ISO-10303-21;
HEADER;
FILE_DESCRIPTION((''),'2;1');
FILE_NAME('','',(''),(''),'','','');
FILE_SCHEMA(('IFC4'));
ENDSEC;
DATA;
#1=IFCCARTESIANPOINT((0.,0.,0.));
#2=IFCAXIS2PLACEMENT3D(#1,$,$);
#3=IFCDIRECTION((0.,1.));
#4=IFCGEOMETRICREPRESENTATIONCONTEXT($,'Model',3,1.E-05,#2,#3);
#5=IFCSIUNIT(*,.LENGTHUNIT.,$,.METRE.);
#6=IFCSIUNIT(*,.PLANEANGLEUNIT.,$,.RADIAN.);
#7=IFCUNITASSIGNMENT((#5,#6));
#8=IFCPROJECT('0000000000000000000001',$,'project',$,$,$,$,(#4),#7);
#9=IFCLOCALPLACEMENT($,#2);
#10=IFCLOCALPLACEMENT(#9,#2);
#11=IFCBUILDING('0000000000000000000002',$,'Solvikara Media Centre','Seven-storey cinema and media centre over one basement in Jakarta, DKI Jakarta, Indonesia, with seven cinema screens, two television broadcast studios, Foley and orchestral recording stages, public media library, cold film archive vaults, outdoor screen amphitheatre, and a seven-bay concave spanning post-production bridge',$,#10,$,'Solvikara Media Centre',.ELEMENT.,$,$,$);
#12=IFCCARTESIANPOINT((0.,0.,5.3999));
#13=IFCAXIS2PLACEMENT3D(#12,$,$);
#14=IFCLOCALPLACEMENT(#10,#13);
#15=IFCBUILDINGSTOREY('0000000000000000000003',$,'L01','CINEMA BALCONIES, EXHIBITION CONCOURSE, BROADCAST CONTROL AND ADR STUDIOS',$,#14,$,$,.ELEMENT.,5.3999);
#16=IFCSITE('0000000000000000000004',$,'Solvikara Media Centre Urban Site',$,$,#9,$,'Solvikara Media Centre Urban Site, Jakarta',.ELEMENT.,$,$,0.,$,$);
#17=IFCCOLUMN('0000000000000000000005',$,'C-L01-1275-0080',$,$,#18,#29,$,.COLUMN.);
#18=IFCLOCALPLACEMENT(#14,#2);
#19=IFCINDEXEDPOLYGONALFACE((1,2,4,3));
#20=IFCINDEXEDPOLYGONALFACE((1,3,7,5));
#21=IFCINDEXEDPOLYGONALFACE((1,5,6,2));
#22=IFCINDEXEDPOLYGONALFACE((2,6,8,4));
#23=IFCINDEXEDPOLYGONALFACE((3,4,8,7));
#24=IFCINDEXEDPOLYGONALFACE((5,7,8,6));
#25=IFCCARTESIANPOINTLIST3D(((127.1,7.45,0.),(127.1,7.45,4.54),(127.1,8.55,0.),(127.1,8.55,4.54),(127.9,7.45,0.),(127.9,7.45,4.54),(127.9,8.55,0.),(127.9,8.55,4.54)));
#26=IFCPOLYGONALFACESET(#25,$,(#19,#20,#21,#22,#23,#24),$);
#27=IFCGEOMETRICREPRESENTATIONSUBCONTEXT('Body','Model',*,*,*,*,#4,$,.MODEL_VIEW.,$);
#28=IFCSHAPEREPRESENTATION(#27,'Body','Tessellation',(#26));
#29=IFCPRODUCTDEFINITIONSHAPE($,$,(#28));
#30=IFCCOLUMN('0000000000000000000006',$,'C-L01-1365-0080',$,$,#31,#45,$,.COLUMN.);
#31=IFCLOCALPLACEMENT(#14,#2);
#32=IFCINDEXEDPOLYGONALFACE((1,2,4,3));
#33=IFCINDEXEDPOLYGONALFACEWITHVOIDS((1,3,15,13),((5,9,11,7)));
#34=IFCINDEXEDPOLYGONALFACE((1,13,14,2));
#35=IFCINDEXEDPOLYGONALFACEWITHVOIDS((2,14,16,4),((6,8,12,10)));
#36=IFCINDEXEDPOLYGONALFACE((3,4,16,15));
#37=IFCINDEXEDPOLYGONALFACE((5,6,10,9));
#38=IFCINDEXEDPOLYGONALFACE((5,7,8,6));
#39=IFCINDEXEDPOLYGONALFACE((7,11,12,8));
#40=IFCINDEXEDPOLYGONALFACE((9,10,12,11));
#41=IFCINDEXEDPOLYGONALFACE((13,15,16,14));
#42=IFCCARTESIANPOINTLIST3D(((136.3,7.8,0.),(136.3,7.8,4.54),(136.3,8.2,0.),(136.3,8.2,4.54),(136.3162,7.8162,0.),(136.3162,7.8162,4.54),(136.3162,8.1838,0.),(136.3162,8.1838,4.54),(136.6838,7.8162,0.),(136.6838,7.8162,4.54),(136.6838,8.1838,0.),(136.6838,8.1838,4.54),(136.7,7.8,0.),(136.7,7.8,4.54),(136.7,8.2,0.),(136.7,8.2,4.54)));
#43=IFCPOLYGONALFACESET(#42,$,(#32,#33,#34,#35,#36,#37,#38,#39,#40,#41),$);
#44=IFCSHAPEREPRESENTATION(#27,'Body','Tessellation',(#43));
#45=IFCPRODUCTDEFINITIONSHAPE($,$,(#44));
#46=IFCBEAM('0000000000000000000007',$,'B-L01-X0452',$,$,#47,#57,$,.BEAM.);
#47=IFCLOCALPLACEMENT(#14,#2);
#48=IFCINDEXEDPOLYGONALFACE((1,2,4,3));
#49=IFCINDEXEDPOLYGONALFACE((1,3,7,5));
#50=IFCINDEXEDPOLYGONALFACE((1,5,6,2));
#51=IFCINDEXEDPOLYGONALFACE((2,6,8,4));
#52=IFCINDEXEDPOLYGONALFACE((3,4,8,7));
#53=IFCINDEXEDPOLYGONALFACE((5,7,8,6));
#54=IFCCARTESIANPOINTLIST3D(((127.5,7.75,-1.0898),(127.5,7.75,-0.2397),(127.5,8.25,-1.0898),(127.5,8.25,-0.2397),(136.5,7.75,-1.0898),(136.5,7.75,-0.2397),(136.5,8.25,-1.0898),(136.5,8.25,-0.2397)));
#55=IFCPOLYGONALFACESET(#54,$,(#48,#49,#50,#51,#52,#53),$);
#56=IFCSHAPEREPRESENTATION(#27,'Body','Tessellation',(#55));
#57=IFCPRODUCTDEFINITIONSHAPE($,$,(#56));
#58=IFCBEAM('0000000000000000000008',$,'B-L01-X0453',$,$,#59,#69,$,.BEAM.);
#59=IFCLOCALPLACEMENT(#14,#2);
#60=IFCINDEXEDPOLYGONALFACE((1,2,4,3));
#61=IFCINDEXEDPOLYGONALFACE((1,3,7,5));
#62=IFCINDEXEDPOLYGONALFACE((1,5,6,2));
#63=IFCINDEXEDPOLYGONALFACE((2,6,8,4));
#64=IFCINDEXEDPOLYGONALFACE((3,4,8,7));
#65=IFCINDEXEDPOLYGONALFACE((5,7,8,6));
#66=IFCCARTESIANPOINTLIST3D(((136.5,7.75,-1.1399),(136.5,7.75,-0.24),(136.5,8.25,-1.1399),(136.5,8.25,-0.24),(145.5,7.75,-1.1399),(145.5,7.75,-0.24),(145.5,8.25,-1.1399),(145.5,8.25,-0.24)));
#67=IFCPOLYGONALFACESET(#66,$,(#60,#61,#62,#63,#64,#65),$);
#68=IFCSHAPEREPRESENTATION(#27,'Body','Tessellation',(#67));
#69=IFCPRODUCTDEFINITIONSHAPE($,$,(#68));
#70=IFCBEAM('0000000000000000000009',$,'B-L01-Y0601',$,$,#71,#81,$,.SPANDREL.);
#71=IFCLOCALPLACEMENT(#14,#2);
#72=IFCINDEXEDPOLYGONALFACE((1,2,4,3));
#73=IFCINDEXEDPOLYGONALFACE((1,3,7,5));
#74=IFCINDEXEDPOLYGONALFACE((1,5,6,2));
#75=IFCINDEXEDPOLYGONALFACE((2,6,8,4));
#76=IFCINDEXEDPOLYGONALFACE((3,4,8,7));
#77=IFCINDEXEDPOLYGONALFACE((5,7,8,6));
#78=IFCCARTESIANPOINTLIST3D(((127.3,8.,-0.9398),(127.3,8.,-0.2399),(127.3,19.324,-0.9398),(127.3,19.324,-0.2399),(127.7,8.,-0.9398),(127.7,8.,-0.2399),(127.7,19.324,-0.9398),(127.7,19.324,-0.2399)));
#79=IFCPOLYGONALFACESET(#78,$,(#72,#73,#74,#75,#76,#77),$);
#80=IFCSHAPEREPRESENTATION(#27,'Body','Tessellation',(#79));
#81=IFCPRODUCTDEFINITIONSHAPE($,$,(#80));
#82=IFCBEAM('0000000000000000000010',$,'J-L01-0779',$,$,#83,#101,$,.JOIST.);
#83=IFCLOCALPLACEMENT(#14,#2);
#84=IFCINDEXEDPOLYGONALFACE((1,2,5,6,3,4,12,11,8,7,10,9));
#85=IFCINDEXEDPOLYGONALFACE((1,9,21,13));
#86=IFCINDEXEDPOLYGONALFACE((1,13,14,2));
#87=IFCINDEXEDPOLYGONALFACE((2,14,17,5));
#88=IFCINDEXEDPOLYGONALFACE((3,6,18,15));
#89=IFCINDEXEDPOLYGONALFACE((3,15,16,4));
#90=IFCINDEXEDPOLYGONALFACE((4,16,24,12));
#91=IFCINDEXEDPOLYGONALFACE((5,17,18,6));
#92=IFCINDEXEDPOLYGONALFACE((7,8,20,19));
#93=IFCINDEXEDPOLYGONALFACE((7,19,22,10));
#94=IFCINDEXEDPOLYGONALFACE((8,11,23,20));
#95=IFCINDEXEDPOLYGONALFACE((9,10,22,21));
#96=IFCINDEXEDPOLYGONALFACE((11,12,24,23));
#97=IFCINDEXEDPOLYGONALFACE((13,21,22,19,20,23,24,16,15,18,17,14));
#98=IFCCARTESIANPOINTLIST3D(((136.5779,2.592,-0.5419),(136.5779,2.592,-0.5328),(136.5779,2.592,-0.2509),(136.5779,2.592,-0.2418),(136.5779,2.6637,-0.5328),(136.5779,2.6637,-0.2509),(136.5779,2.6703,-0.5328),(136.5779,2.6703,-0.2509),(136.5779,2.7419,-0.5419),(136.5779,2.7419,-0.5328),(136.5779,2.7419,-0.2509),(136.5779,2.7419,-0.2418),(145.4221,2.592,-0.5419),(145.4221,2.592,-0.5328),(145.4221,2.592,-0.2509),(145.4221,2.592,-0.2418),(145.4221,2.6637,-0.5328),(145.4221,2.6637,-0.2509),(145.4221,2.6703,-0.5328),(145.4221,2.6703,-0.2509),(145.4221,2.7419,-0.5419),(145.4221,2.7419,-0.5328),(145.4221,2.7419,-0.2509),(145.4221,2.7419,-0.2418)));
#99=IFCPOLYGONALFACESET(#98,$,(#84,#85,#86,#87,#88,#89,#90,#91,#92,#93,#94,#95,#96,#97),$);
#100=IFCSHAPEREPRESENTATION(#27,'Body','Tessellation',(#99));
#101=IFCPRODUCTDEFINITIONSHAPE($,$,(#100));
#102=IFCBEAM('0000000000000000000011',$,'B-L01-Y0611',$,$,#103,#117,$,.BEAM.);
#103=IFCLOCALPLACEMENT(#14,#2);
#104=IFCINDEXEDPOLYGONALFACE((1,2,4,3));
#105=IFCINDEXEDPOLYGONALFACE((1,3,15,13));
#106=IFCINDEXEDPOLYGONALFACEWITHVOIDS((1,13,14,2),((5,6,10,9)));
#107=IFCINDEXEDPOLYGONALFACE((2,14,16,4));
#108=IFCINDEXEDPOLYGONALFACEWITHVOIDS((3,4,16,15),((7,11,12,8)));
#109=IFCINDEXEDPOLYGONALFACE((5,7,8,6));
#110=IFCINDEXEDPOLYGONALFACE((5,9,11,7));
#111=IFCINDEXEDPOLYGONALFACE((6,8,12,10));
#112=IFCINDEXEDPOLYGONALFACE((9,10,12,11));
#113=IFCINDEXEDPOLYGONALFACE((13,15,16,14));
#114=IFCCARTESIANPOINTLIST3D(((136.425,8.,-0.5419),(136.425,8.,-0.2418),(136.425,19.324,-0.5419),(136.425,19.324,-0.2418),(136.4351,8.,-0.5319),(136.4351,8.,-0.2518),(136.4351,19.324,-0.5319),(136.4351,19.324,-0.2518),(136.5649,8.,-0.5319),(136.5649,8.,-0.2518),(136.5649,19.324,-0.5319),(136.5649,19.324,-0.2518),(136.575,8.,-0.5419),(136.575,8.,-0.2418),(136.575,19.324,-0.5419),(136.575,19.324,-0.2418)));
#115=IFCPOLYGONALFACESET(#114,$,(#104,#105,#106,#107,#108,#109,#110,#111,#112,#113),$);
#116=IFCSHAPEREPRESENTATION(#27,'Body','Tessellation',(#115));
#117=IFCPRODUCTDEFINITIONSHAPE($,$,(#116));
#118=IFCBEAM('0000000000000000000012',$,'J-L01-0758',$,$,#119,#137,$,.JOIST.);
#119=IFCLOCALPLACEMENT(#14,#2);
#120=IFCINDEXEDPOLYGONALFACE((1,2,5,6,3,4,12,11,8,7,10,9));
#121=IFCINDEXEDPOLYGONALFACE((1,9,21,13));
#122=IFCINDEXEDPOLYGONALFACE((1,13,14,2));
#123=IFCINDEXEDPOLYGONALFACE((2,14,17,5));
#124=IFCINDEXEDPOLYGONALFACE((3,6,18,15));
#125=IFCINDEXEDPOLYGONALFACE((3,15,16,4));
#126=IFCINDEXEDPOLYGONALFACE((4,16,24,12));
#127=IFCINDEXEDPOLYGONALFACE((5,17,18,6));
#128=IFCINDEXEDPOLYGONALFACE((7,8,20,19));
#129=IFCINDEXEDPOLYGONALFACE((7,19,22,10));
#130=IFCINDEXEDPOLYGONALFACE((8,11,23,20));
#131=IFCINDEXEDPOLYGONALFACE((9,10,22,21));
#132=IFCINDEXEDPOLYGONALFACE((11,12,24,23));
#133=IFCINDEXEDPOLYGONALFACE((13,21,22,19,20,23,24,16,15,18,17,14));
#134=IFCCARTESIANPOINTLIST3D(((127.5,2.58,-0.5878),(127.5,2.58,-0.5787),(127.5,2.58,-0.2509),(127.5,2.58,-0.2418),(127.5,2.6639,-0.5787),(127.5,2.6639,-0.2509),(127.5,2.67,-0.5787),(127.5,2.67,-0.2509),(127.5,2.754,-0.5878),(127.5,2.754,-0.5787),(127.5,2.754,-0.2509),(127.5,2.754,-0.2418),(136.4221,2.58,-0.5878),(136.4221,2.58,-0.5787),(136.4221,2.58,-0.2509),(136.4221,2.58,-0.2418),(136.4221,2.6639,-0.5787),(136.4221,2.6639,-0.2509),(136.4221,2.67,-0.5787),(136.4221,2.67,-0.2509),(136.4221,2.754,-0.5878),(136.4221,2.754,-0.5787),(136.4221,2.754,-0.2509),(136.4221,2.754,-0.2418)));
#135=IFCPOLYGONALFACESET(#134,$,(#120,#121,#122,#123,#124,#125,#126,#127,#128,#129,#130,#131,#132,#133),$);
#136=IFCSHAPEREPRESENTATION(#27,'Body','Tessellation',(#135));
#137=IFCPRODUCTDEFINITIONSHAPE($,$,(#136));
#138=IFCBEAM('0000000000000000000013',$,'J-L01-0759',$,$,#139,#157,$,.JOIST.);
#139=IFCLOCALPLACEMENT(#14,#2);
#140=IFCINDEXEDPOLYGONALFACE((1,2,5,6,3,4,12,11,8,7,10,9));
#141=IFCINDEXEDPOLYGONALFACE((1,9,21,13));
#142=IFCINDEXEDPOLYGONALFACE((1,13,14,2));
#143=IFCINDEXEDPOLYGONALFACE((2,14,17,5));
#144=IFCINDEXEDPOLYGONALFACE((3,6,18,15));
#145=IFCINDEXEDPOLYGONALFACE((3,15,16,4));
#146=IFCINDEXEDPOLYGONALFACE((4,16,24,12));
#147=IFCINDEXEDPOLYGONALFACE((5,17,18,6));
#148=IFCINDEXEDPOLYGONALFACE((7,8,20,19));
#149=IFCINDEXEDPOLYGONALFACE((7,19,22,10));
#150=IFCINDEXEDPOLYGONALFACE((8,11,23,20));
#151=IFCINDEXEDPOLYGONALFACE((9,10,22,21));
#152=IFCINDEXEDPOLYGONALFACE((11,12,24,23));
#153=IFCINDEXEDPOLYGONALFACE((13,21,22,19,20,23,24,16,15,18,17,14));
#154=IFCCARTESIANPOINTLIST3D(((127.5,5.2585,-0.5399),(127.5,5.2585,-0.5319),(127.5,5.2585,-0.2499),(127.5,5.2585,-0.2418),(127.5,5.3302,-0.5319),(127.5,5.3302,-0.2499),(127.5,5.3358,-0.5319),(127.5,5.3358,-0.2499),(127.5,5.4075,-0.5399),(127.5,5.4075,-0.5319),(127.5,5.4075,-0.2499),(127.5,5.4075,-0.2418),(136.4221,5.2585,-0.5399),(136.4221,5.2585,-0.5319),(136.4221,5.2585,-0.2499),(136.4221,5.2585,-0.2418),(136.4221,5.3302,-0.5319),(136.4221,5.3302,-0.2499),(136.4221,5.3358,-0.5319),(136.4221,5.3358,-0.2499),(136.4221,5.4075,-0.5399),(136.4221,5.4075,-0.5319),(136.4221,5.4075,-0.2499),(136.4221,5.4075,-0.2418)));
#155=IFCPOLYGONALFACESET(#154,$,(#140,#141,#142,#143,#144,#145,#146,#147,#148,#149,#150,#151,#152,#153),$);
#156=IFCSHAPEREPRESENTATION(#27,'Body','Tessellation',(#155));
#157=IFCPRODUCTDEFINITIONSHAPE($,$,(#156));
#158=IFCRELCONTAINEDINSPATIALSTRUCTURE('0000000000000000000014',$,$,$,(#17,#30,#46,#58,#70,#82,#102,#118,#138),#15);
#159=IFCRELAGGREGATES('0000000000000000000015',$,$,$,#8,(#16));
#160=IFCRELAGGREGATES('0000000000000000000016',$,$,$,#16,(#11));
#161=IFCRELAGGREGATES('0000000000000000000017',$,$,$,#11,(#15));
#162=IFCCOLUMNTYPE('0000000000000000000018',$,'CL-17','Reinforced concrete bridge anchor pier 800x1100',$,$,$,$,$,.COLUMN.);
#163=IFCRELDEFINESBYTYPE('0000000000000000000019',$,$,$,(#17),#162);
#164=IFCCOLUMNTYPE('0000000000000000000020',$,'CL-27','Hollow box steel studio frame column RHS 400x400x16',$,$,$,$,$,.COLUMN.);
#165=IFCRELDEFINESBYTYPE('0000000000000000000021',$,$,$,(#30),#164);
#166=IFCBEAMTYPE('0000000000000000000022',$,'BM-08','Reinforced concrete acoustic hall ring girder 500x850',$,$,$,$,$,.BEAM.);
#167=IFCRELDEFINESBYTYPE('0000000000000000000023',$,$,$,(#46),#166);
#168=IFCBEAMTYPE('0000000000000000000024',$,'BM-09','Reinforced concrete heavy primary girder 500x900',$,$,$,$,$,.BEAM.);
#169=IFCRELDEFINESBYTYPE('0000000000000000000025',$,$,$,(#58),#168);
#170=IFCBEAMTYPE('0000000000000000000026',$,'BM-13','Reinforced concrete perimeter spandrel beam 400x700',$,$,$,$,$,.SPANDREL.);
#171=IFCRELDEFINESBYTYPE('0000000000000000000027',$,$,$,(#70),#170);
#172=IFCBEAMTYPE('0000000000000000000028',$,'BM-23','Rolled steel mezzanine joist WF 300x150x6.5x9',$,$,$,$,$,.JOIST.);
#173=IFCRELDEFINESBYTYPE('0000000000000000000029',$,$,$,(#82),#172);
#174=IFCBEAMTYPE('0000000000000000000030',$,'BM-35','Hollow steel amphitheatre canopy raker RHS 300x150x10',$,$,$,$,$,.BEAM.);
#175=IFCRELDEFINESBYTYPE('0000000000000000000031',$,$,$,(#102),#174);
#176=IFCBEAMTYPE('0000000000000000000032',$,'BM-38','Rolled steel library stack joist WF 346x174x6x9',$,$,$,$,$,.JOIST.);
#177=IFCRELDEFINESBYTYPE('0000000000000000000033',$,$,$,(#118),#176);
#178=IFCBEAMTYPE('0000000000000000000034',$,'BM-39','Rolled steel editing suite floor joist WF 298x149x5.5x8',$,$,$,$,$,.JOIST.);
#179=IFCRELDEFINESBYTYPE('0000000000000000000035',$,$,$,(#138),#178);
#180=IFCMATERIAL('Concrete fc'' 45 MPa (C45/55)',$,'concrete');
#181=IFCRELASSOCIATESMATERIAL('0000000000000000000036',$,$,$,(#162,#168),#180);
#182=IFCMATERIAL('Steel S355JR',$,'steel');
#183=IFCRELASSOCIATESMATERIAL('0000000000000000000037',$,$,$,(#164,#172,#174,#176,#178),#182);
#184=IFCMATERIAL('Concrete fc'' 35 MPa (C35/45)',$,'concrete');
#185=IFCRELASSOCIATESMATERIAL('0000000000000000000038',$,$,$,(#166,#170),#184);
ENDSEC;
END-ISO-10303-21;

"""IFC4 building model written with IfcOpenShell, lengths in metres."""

from ifc_helpers import new_model, si_unit, direction, frame, origin, origin_2d, place, context, subcontext, project, spatial, rectangle, hollow_rectangle, i_section, extrude, material, material_profile, profile_set, type_object, element, save


model = new_model("IFC4")

# Units and contexts
model_context = context("Model", 3, precision=1e-05, world=origin(), true_north=direction((0.0, 1.0)))
body_context = subcontext(model_context, "Body", "Model", "MODEL_VIEW")
ifc_project = project(units=[si_unit("LENGTHUNIT", "METRE"), si_unit("PLANEANGLEUNIT", "RADIAN")], contexts=[model_context])

# Site, building, storey
site_placement = place(None, origin())
site = spatial("IfcSite", under=ifc_project, at=site_placement, Name="Solvikara Media Centre Urban Site", LongName="Solvikara Media Centre Urban Site, Jakarta", CompositionType="ELEMENT", RefElevation=0.0)
building_placement = place(site_placement, origin())
building = spatial("IfcBuilding", under=site, at=building_placement, Name="Solvikara Media Centre", Description="Seven-storey cinema and media centre over one basement in Jakarta, DKI Jakarta, Indonesia, with seven cinema screens, two television broadcast studios, Foley and orchestral recording stages, public media library, cold film archive vaults, outdoor screen amphitheatre, and a seven-bay concave spanning post-production bridge", LongName="Solvikara Media Centre", CompositionType="ELEMENT")
storey_placement = place(building_placement, frame((0.0, 0.0, 5.3999)))
storey = spatial("IfcBuildingStorey", under=building, at=storey_placement, Name="L01", Description="CINEMA BALCONIES, EXHIBITION CONCOURSE, BROADCAST CONTROL AND ADR STUDIOS", CompositionType="ELEMENT", Elevation=5.3999)

# Columns
ifc_material_1 = material(Name="Concrete fc' 45 MPa (C45/55)", Category="concrete")
ifc_material_profile_1 = material_profile(ifc_material_1, rectangle(XDim=0.8, YDim=1.1001, at=origin_2d()), Name="RC 800x1100")
ifc_profile_set_1 = profile_set([ifc_material_profile_1], Name="Concrete fc' 45 MPa (C45/55)")
column_type_1 = type_object("IfcColumnType", Name="CL-17", Description="Reinforced concrete bridge anchor pier 800x1100", PredefinedType="COLUMN", material=ifc_profile_set_1)
column_1_placement = place(storey_placement, frame((127.5, 8.0, 0.0), z_axis=(0.0, 0.0, 1.0), x_axis=(1.0, 0.0, 0.0)))
element("IfcColumn", 1, at=column_1_placement, inside=storey, type_object=column_type_1, Name="C-L01-1275-0080", PredefinedType="COLUMN", context=body_context, shape_type="SweptSolid", body=[
    extrude(rectangle(XDim=0.8, YDim=1.1001, at=origin_2d()), origin(), (0.0, 0.0, 1.0), 4.54),
])
ifc_material_2 = material(Name="Steel S355JR", Category="steel")
ifc_material_profile_2 = material_profile(ifc_material_2, hollow_rectangle(XDim=0.3999, YDim=0.3999, WallThickness=0.0161, at=origin_2d()), Name="RHS 400x400x16")
ifc_profile_set_2 = profile_set([ifc_material_profile_2], Name="Steel S355JR")
column_type_2 = type_object("IfcColumnType", Name="CL-27", Description="Hollow box steel studio frame column RHS 400x400x16", PredefinedType="COLUMN", material=ifc_profile_set_2)
column_2_placement = place(storey_placement, frame((136.5, 8.0, 0.0), z_axis=(0.0, 0.0, 1.0), x_axis=(1.0, 0.0, 0.0)))
element("IfcColumn", 2, at=column_2_placement, inside=storey, type_object=column_type_2, Name="C-L01-1365-0080", PredefinedType="COLUMN", context=body_context, shape_type="SweptSolid", body=[
    extrude(hollow_rectangle(XDim=0.3999, YDim=0.3999, WallThickness=0.0161, at=origin_2d()), origin(), (0.0, 0.0, 1.0), 4.54),
])

# Beams
ifc_material_3 = material(Name="Concrete fc' 35 MPa (C35/45)", Category="concrete")
ifc_material_profile_3 = material_profile(ifc_material_3, rectangle(XDim=0.5, YDim=0.8501, at=origin_2d()), Name="RC 500x850")
ifc_profile_set_3 = profile_set([ifc_material_profile_3], Name="Concrete fc' 35 MPa (C35/45)")
beam_type_1 = type_object("IfcBeamType", Name="BM-08", Description="Reinforced concrete acoustic hall ring girder 500x850", PredefinedType="BEAM", material=ifc_profile_set_3)
beam_1_placement = place(storey_placement, frame((127.5, 8.0, -0.6648), z_axis=(1.0, 0.0, 0.0), x_axis=(0.0, 1.0, 0.0)))
element("IfcBeam", 3, at=beam_1_placement, inside=storey, type_object=beam_type_1, Name="B-L01-X0452", PredefinedType="BEAM", context=body_context, shape_type="SweptSolid", body=[
    extrude(rectangle(XDim=0.5, YDim=0.8501, at=origin_2d()), origin(), (0.0, 0.0, 1.0), 9.0),
])
ifc_material_profile_4 = material_profile(ifc_material_1, rectangle(XDim=0.5, YDim=0.8999, at=origin_2d()), Name="RC 500x900")
ifc_profile_set_4 = profile_set([ifc_material_profile_4], Name="Concrete fc' 45 MPa (C45/55)")
beam_type_2 = type_object("IfcBeamType", Name="BM-09", Description="Reinforced concrete heavy primary girder 500x900", PredefinedType="BEAM", material=ifc_profile_set_4)
beam_2_placement = place(storey_placement, frame((136.5, 8.0, -0.6899), z_axis=(1.0, 0.0, 0.0), x_axis=(0.0, 1.0, 0.0)))
element("IfcBeam", 4, at=beam_2_placement, inside=storey, type_object=beam_type_2, Name="B-L01-X0453", PredefinedType="BEAM", context=body_context, shape_type="SweptSolid", body=[
    extrude(rectangle(XDim=0.5, YDim=0.8999, at=origin_2d()), origin(), (0.0, 0.0, 1.0), 9.0),
])
ifc_material_profile_5 = material_profile(ifc_material_3, rectangle(XDim=0.3999, YDim=0.7, at=origin_2d()), Name="RC 400x700")
ifc_profile_set_5 = profile_set([ifc_material_profile_5], Name="Concrete fc' 35 MPa (C35/45)")
beam_type_3 = type_object("IfcBeamType", Name="BM-13", Description="Reinforced concrete perimeter spandrel beam 400x700", PredefinedType="SPANDREL", material=ifc_profile_set_5)
beam_3_placement = place(storey_placement, frame((127.5, 8.0, -0.5898), z_axis=(0.0, 1.0, 0.0), x_axis=(-1.0, 0.0, 0.0)))
element("IfcBeam", 5, at=beam_3_placement, inside=storey, type_object=beam_type_3, Name="B-L01-Y0601", PredefinedType="SPANDREL", context=body_context, shape_type="SweptSolid", body=[
    extrude(rectangle(XDim=0.3999, YDim=0.7, at=origin_2d()), origin(), (0.0, 0.0, 1.0), 11.324),
])
ifc_material_profile_6 = material_profile(ifc_material_2, i_section(OverallWidth=0.1499, OverallDepth=0.3, WebThickness=0.0066, FlangeThickness=0.009, at=origin_2d()), Name="WF 300x150x6.5x9")
ifc_profile_set_6 = profile_set([ifc_material_profile_6], Name="Steel S355JR")
beam_type_4 = type_object("IfcBeamType", Name="BM-23", Description="Rolled steel mezzanine joist WF 300x150x6.5x9", PredefinedType="JOIST", material=ifc_profile_set_6)
beam_4_placement = place(storey_placement, frame((136.5779, 2.667, -0.3918), z_axis=(1.0, 0.0, 0.0), x_axis=(0.0, 1.0, 0.0)))
element("IfcBeam", 6, at=beam_4_placement, inside=storey, type_object=beam_type_4, Name="J-L01-0779", PredefinedType="JOIST", context=body_context, shape_type="SweptSolid", body=[
    extrude(i_section(OverallWidth=0.1499, OverallDepth=0.3, WebThickness=0.0066, FlangeThickness=0.009, at=origin_2d()), origin(), (0.0, 0.0, 1.0), 8.8442),
])
ifc_material_profile_7 = material_profile(ifc_material_2, hollow_rectangle(XDim=0.1499, YDim=0.3, WallThickness=0.01, at=origin_2d()), Name="RHS 300x150x10")
ifc_profile_set_7 = profile_set([ifc_material_profile_7], Name="Steel S355JR")
beam_type_5 = type_object("IfcBeamType", Name="BM-35", Description="Hollow steel amphitheatre canopy raker RHS 300x150x10", PredefinedType="BEAM", material=ifc_profile_set_7)
beam_5_placement = place(storey_placement, frame((136.5, 8.0, -0.3918), z_axis=(0.0, 1.0, 0.0), x_axis=(-1.0, 0.0, 0.0)))
element("IfcBeam", 7, at=beam_5_placement, inside=storey, type_object=beam_type_5, Name="B-L01-Y0611", PredefinedType="BEAM", context=body_context, shape_type="SweptSolid", body=[
    extrude(hollow_rectangle(XDim=0.1499, YDim=0.3, WallThickness=0.01, at=origin_2d()), origin(), (0.0, 0.0, 1.0), 11.324),
])
ifc_material_profile_8 = material_profile(ifc_material_2, i_section(OverallWidth=0.1741, OverallDepth=0.3459, WebThickness=0.0061, FlangeThickness=0.009, at=origin_2d()), Name="WF 346x174x6x9")
ifc_profile_set_8 = profile_set([ifc_material_profile_8], Name="Steel S355JR")
beam_type_6 = type_object("IfcBeamType", Name="BM-38", Description="Rolled steel library stack joist WF 346x174x6x9", PredefinedType="JOIST", material=ifc_profile_set_8)
beam_6_placement = place(storey_placement, frame((127.5, 2.667, -0.4148), z_axis=(1.0, 0.0, 0.0), x_axis=(0.0, 1.0, 0.0)))
element("IfcBeam", 8, at=beam_6_placement, inside=storey, type_object=beam_type_6, Name="J-L01-0758", PredefinedType="JOIST", context=body_context, shape_type="SweptSolid", body=[
    extrude(i_section(OverallWidth=0.1741, OverallDepth=0.3459, WebThickness=0.0061, FlangeThickness=0.009, at=origin_2d()), origin(), (0.0, 0.0, 1.0), 8.9221),
])
ifc_material_profile_9 = material_profile(ifc_material_2, i_section(OverallWidth=0.1489, OverallDepth=0.2981, WebThickness=0.0056, FlangeThickness=0.0081, at=origin_2d()), Name="WF 298x149x5.5x8")
ifc_profile_set_9 = profile_set([ifc_material_profile_9], Name="Steel S355JR")
beam_type_7 = type_object("IfcBeamType", Name="BM-39", Description="Rolled steel editing suite floor joist WF 298x149x5.5x8", PredefinedType="JOIST", material=ifc_profile_set_9)
beam_7_placement = place(storey_placement, frame((127.5, 5.333, -0.3909), z_axis=(1.0, 0.0, 0.0), x_axis=(0.0, 1.0, 0.0)))
element("IfcBeam", 9, at=beam_7_placement, inside=storey, type_object=beam_type_7, Name="J-L01-0759", PredefinedType="JOIST", context=body_context, shape_type="SweptSolid", body=[
    extrude(i_section(OverallWidth=0.1489, OverallDepth=0.2981, WebThickness=0.0056, FlangeThickness=0.0081, at=origin_2d()), origin(), (0.0, 0.0, 1.0), 8.9221),
])

save(model, "model.ifc")
